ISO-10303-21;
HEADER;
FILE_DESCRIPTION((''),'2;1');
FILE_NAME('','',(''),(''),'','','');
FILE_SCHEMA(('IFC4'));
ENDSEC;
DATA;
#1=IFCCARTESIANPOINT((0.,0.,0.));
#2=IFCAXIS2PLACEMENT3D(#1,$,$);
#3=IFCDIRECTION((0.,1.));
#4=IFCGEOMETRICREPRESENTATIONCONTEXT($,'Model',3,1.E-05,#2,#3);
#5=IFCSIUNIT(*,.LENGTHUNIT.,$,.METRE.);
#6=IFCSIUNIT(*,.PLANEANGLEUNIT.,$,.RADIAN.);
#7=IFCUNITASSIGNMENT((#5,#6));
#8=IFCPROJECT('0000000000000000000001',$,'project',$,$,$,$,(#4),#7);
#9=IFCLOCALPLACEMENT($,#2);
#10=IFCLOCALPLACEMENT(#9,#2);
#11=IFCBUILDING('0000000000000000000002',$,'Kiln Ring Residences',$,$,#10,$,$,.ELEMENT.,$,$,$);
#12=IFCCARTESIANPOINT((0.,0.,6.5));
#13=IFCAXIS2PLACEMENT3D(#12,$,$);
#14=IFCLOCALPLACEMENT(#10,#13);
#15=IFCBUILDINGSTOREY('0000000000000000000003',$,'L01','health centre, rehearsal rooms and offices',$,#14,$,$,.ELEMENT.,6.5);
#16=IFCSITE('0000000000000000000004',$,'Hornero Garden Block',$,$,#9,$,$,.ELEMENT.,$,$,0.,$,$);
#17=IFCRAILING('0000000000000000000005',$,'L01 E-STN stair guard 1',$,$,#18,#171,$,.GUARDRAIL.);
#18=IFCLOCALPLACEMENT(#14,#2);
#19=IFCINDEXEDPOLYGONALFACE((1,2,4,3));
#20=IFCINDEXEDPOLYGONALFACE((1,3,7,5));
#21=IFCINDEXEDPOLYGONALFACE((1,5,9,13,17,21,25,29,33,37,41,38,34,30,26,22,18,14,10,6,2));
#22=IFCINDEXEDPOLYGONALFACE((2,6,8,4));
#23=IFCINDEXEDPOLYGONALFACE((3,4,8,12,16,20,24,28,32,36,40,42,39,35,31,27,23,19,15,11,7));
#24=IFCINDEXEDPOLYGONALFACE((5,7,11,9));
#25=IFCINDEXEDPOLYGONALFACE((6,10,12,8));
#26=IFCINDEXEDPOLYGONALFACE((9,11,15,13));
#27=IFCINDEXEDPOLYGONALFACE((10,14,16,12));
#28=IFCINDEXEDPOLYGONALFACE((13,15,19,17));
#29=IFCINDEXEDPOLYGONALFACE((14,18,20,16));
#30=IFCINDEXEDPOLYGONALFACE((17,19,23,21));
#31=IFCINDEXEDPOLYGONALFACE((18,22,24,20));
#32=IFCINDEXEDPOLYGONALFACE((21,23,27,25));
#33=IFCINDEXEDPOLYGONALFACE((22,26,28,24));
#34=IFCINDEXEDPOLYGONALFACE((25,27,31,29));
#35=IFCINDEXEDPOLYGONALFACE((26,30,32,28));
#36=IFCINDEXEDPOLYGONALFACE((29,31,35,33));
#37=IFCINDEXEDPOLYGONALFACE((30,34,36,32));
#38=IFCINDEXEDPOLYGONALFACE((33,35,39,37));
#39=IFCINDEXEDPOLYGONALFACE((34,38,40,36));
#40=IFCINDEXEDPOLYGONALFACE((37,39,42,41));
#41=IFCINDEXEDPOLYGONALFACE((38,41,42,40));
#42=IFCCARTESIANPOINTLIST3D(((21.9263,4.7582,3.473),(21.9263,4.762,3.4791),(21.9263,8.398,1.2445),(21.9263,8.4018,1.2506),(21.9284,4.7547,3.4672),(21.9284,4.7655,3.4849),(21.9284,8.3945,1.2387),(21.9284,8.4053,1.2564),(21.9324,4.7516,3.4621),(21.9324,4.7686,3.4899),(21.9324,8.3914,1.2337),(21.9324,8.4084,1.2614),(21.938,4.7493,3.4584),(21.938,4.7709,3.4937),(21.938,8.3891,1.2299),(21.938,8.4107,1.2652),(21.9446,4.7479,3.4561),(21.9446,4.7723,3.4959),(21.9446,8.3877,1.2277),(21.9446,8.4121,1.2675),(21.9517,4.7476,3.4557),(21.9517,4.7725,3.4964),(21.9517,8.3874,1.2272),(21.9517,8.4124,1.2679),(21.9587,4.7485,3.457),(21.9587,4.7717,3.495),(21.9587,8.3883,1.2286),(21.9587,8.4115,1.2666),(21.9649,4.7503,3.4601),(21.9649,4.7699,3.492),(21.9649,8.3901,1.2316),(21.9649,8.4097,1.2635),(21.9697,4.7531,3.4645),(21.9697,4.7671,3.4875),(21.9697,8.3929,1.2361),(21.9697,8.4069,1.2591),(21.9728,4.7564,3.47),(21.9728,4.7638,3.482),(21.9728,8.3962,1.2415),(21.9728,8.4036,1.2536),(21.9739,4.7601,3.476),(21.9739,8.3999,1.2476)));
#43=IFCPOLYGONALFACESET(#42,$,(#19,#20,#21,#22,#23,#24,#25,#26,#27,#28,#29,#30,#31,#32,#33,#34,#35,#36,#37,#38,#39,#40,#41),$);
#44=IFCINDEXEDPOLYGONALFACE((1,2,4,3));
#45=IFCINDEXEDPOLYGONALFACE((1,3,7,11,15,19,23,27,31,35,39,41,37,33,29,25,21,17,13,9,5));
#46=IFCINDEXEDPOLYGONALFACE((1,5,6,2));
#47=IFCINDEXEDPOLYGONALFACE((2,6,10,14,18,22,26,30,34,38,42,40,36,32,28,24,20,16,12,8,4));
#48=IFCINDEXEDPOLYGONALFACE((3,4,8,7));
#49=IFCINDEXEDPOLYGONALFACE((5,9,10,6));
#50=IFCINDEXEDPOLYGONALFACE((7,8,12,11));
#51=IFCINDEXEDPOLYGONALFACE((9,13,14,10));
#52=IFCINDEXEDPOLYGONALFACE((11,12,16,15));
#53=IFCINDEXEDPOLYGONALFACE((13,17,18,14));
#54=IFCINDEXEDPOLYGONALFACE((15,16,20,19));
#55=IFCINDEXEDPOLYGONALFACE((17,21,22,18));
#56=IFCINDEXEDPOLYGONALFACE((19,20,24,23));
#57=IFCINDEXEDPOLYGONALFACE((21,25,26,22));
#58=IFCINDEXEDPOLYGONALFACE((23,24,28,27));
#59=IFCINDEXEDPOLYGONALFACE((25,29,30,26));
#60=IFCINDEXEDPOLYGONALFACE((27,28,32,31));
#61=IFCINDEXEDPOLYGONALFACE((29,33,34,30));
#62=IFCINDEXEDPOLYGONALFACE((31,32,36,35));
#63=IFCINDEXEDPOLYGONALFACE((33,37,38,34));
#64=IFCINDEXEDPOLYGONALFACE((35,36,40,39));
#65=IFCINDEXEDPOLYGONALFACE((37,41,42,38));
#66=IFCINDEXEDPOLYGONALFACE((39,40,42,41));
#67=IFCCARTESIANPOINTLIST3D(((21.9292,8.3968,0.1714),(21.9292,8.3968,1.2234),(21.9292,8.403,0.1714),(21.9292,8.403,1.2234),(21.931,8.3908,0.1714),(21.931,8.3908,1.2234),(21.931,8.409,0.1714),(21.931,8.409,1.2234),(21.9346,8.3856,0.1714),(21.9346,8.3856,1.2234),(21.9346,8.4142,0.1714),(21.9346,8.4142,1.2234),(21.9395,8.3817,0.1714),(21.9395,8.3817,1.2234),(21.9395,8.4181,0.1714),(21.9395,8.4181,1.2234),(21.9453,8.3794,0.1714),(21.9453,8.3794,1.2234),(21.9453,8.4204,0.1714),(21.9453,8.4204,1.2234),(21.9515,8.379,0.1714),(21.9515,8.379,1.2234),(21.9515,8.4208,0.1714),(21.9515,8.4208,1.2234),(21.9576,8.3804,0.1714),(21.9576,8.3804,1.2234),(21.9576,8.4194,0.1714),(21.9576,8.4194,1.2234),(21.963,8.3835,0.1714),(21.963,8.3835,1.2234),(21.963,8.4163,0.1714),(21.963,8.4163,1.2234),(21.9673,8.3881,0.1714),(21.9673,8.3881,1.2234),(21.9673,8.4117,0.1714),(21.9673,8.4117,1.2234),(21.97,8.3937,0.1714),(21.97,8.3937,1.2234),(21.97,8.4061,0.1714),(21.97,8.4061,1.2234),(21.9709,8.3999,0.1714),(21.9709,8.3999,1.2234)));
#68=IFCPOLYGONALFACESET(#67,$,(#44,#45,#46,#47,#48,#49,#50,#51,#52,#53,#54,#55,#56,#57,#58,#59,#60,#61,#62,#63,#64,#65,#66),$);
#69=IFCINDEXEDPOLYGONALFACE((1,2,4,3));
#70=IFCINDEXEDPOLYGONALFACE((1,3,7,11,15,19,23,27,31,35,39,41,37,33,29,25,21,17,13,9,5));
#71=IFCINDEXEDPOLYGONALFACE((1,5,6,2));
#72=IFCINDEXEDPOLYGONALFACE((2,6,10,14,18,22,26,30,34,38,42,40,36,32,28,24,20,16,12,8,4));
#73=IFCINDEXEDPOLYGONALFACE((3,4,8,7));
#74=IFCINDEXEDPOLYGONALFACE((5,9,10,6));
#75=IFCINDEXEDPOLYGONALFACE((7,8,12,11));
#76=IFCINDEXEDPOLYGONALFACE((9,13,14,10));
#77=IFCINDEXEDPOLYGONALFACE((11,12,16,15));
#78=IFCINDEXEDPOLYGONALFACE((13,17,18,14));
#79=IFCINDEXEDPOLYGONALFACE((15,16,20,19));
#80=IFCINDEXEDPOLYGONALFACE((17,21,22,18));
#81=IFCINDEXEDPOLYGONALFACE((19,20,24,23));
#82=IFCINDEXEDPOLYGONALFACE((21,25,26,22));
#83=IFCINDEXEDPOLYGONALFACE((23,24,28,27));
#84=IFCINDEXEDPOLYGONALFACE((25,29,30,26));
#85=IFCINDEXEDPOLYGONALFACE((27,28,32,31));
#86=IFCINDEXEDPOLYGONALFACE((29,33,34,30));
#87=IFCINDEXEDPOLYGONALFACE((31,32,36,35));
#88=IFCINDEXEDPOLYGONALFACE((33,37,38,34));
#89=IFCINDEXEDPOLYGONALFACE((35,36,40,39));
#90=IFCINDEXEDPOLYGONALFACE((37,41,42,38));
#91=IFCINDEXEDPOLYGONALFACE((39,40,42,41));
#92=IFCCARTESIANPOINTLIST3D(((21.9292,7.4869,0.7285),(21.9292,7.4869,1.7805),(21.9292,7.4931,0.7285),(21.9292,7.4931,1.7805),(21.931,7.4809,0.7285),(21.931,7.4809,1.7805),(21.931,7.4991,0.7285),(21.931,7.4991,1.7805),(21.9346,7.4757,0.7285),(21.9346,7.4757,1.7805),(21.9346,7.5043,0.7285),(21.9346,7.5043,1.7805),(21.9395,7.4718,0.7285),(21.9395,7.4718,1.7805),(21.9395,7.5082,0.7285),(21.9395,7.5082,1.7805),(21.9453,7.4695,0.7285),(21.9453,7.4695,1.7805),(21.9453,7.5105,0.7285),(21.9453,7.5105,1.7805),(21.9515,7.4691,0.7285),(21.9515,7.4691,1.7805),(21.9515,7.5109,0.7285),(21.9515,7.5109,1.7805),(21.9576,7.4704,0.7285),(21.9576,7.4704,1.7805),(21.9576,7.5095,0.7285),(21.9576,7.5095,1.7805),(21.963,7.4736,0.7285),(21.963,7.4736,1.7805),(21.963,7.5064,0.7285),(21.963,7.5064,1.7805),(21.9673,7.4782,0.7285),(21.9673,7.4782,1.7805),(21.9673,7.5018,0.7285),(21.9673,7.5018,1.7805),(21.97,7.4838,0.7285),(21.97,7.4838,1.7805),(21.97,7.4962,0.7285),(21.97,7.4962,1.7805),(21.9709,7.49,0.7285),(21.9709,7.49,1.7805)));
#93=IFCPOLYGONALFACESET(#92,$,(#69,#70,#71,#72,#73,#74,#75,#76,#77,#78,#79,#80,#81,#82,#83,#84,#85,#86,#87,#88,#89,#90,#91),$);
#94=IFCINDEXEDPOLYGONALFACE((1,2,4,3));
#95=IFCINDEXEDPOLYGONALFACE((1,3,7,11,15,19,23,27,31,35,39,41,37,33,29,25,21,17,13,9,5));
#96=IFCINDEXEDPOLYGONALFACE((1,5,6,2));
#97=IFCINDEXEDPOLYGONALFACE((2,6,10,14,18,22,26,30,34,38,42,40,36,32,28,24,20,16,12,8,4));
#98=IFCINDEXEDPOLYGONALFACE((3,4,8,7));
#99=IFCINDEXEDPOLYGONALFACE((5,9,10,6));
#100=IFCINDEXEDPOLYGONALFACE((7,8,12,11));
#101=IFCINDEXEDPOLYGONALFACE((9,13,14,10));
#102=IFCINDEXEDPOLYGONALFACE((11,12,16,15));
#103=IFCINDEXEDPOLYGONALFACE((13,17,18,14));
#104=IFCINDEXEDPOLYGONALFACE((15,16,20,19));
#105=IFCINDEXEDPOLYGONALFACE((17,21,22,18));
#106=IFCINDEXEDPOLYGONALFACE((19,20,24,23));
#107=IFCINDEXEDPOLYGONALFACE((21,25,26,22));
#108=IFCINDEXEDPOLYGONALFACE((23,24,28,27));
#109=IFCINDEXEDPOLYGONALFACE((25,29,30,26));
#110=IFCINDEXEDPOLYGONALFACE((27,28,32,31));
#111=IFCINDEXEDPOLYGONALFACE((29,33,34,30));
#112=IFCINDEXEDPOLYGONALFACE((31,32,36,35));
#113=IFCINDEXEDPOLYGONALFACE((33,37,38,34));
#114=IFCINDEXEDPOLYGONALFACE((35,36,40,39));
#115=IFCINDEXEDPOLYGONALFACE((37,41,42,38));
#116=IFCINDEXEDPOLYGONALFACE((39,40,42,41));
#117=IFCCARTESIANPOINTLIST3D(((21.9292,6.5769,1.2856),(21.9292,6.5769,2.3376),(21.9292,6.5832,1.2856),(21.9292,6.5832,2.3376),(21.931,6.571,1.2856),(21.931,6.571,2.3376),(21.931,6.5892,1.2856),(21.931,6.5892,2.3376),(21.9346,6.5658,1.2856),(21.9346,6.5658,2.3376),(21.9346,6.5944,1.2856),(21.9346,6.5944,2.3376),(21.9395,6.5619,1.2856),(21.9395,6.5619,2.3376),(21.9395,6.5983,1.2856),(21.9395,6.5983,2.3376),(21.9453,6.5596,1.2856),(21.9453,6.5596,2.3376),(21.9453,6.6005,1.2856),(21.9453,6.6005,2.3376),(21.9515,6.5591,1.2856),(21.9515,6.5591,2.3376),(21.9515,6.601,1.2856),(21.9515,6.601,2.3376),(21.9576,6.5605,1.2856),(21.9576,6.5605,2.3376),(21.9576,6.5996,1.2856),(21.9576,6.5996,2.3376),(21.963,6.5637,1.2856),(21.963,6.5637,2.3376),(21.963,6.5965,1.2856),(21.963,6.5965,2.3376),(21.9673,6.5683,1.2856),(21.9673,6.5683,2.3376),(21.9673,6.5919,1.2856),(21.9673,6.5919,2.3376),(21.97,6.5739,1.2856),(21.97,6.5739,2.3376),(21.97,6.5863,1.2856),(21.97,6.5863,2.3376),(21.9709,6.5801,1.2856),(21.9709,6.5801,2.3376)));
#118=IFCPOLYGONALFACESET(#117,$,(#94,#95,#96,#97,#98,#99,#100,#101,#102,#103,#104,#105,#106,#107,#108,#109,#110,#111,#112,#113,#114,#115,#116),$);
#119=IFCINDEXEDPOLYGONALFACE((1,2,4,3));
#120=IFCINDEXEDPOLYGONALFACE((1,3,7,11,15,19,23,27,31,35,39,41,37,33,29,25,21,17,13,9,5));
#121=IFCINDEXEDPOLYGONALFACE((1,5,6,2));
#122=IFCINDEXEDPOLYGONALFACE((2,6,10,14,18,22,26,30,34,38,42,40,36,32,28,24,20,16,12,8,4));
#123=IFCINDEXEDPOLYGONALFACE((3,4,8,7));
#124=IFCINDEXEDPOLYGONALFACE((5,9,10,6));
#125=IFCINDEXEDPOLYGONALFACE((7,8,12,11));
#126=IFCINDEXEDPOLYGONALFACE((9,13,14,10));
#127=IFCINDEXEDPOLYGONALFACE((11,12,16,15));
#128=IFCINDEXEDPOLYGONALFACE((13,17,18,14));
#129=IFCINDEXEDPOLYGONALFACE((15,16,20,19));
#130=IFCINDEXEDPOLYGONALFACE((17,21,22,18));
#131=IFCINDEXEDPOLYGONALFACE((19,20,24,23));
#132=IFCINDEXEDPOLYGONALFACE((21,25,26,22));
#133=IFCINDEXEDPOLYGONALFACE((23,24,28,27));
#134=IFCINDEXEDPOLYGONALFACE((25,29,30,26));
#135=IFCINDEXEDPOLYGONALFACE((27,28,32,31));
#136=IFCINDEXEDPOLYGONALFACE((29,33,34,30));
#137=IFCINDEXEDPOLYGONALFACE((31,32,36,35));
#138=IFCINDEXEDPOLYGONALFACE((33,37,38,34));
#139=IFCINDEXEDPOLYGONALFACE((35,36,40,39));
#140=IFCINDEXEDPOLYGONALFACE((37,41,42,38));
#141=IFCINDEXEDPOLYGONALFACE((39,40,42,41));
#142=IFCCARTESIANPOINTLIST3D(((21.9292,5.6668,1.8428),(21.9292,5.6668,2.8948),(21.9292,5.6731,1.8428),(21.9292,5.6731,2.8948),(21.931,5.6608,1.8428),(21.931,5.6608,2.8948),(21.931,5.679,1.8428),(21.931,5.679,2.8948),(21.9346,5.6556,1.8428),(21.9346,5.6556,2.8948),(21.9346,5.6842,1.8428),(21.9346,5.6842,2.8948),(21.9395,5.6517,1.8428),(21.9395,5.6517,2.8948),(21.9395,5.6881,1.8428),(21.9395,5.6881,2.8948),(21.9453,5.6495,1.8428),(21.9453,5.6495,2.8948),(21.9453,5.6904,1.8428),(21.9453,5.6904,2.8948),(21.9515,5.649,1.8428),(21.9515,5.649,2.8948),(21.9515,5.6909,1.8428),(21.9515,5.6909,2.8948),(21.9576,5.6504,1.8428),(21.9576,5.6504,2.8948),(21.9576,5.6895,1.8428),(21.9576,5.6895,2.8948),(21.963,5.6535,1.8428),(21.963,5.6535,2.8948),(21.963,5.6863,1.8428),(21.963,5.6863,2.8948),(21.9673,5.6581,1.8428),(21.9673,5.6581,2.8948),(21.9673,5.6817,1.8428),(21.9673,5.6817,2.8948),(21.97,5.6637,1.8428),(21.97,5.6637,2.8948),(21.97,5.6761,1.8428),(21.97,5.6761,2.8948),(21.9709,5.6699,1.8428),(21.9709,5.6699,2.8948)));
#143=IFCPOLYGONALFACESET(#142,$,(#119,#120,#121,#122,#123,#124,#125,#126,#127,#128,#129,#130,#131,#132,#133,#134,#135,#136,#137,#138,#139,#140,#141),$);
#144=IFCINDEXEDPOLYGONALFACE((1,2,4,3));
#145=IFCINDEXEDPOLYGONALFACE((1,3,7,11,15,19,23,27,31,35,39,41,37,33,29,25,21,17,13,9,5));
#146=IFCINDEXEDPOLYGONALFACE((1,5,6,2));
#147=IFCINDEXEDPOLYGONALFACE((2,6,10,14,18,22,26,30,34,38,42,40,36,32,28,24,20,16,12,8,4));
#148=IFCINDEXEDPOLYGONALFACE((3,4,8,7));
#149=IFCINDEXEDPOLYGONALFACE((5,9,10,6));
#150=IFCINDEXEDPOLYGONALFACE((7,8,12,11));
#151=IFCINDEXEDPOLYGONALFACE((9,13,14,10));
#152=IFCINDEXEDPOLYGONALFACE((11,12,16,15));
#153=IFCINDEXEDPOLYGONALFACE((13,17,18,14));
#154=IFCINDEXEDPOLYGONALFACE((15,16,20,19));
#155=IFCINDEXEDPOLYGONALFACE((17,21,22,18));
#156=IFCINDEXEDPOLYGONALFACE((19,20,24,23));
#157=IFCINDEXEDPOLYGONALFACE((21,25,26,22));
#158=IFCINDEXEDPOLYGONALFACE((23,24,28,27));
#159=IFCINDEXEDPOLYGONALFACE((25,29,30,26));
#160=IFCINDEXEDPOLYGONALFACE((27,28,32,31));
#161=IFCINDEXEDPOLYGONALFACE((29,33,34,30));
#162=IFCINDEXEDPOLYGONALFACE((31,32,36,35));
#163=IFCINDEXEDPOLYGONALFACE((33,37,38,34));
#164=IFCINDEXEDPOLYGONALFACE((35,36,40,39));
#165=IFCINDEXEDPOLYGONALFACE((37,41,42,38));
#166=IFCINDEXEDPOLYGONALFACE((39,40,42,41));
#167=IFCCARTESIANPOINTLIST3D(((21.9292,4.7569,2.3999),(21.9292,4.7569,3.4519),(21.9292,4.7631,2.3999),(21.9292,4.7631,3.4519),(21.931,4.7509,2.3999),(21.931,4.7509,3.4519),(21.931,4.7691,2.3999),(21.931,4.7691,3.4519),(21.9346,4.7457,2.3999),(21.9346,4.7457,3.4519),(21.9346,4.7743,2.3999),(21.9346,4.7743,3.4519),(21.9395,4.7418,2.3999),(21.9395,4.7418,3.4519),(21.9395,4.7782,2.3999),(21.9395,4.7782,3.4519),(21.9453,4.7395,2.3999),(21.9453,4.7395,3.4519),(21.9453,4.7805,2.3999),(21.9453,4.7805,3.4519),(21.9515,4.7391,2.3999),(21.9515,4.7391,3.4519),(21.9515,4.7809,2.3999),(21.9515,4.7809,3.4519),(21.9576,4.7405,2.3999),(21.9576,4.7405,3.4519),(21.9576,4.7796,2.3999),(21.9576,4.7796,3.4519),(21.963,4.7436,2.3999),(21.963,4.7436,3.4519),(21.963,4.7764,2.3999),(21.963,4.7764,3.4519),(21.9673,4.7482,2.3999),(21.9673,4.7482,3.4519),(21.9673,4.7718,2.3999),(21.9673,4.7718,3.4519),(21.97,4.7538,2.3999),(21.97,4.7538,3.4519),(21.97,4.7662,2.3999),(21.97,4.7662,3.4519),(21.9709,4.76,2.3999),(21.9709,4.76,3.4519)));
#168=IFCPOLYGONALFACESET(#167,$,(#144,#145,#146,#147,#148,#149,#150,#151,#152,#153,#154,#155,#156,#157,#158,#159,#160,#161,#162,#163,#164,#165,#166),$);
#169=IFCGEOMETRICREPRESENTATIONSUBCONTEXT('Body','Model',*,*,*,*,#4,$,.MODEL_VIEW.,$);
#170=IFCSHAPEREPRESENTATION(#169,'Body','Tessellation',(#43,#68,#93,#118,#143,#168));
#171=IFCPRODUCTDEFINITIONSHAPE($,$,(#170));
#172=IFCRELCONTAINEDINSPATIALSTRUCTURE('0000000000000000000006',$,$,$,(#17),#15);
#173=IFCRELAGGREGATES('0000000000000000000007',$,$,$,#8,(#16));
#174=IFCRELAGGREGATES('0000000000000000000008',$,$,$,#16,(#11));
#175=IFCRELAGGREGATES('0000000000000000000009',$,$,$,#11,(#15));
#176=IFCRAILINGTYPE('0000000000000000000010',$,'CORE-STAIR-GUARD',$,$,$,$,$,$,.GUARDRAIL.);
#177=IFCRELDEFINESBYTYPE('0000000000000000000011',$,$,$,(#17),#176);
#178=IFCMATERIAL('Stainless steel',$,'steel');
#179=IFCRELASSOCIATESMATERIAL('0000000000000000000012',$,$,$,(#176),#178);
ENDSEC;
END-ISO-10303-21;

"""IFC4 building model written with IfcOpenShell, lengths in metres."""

from ifc_helpers import new_model, si_unit, direction, frame, origin, origin_2d, place, context, subcontext, project, spatial, circle, extrude, material, type_object, element, save


model = new_model("IFC4")

# Units and contexts
model_context = context("Model", 3, precision=1e-05, world=origin(), true_north=direction((0.0, 1.0)))
body_context = subcontext(model_context, "Body", "Model", "MODEL_VIEW")
ifc_project = project(units=[si_unit("LENGTHUNIT", "METRE"), si_unit("PLANEANGLEUNIT", "RADIAN")], contexts=[model_context])

# Site, building, storey
site_placement = place(None, origin())
site = spatial("IfcSite", under=ifc_project, at=site_placement, Name="Hornero Garden Block", CompositionType="ELEMENT", RefElevation=0.0)
building_placement = place(site_placement, origin())
building = spatial("IfcBuilding", under=site, at=building_placement, Name="Kiln Ring Residences", CompositionType="ELEMENT")
storey_placement = place(building_placement, frame((0.0, 0.0, 6.5)))
storey = spatial("IfcBuildingStorey", under=building, at=storey_placement, Name="L01", Description="health centre, rehearsal rooms and offices", CompositionType="ELEMENT", Elevation=6.5)

# Railing
ifc_material_1 = material(Name="Stainless steel", Category="steel")
railing_type_1 = type_object("IfcRailingType", Name="CORE-STAIR-GUARD", PredefinedType="GUARDRAIL", material=ifc_material_1)
railing_1_placement = place(storey_placement, frame((21.95, 8.3999, 0.1714)))
element("IfcRailing", 1, at=railing_1_placement, inside=storey, type_object=railing_type_1, Name="L01 E-STN stair guard 1", PredefinedType="GUARDRAIL", context=body_context, shape_type="SweptSolid", body=[
    extrude(circle(Radius=0.0239, at=origin_2d()), frame((0.0, 0.0, 1.0762), z_axis=(0.0, -0.85285, 0.522156), x_axis=(1.0, 0.0, 0.0)), (0.0, 0.0, 1.0), 4.2678),
    extrude(circle(Radius=0.021, at=origin_2d()), origin(), (0.0, 0.0, 1.0), 1.052),
    extrude(circle(Radius=0.021, at=origin_2d()), frame((0.0, -0.9099, 0.5571)), (0.0, 0.0, 1.0), 1.052),
    extrude(circle(Radius=0.021, at=origin_2d()), frame((0.0, -1.8198, 1.1143)), (0.0, 0.0, 1.0), 1.052),
    extrude(circle(Radius=0.021, at=origin_2d()), frame((0.0, -2.73, 1.6714)), (0.0, 0.0, 1.0), 1.052),
    extrude(circle(Radius=0.021, at=origin_2d()), frame((0.0, -3.6399, 2.2285)), (0.0, 0.0, 1.0), 1.052),
])

save(model, "model.ifc")
